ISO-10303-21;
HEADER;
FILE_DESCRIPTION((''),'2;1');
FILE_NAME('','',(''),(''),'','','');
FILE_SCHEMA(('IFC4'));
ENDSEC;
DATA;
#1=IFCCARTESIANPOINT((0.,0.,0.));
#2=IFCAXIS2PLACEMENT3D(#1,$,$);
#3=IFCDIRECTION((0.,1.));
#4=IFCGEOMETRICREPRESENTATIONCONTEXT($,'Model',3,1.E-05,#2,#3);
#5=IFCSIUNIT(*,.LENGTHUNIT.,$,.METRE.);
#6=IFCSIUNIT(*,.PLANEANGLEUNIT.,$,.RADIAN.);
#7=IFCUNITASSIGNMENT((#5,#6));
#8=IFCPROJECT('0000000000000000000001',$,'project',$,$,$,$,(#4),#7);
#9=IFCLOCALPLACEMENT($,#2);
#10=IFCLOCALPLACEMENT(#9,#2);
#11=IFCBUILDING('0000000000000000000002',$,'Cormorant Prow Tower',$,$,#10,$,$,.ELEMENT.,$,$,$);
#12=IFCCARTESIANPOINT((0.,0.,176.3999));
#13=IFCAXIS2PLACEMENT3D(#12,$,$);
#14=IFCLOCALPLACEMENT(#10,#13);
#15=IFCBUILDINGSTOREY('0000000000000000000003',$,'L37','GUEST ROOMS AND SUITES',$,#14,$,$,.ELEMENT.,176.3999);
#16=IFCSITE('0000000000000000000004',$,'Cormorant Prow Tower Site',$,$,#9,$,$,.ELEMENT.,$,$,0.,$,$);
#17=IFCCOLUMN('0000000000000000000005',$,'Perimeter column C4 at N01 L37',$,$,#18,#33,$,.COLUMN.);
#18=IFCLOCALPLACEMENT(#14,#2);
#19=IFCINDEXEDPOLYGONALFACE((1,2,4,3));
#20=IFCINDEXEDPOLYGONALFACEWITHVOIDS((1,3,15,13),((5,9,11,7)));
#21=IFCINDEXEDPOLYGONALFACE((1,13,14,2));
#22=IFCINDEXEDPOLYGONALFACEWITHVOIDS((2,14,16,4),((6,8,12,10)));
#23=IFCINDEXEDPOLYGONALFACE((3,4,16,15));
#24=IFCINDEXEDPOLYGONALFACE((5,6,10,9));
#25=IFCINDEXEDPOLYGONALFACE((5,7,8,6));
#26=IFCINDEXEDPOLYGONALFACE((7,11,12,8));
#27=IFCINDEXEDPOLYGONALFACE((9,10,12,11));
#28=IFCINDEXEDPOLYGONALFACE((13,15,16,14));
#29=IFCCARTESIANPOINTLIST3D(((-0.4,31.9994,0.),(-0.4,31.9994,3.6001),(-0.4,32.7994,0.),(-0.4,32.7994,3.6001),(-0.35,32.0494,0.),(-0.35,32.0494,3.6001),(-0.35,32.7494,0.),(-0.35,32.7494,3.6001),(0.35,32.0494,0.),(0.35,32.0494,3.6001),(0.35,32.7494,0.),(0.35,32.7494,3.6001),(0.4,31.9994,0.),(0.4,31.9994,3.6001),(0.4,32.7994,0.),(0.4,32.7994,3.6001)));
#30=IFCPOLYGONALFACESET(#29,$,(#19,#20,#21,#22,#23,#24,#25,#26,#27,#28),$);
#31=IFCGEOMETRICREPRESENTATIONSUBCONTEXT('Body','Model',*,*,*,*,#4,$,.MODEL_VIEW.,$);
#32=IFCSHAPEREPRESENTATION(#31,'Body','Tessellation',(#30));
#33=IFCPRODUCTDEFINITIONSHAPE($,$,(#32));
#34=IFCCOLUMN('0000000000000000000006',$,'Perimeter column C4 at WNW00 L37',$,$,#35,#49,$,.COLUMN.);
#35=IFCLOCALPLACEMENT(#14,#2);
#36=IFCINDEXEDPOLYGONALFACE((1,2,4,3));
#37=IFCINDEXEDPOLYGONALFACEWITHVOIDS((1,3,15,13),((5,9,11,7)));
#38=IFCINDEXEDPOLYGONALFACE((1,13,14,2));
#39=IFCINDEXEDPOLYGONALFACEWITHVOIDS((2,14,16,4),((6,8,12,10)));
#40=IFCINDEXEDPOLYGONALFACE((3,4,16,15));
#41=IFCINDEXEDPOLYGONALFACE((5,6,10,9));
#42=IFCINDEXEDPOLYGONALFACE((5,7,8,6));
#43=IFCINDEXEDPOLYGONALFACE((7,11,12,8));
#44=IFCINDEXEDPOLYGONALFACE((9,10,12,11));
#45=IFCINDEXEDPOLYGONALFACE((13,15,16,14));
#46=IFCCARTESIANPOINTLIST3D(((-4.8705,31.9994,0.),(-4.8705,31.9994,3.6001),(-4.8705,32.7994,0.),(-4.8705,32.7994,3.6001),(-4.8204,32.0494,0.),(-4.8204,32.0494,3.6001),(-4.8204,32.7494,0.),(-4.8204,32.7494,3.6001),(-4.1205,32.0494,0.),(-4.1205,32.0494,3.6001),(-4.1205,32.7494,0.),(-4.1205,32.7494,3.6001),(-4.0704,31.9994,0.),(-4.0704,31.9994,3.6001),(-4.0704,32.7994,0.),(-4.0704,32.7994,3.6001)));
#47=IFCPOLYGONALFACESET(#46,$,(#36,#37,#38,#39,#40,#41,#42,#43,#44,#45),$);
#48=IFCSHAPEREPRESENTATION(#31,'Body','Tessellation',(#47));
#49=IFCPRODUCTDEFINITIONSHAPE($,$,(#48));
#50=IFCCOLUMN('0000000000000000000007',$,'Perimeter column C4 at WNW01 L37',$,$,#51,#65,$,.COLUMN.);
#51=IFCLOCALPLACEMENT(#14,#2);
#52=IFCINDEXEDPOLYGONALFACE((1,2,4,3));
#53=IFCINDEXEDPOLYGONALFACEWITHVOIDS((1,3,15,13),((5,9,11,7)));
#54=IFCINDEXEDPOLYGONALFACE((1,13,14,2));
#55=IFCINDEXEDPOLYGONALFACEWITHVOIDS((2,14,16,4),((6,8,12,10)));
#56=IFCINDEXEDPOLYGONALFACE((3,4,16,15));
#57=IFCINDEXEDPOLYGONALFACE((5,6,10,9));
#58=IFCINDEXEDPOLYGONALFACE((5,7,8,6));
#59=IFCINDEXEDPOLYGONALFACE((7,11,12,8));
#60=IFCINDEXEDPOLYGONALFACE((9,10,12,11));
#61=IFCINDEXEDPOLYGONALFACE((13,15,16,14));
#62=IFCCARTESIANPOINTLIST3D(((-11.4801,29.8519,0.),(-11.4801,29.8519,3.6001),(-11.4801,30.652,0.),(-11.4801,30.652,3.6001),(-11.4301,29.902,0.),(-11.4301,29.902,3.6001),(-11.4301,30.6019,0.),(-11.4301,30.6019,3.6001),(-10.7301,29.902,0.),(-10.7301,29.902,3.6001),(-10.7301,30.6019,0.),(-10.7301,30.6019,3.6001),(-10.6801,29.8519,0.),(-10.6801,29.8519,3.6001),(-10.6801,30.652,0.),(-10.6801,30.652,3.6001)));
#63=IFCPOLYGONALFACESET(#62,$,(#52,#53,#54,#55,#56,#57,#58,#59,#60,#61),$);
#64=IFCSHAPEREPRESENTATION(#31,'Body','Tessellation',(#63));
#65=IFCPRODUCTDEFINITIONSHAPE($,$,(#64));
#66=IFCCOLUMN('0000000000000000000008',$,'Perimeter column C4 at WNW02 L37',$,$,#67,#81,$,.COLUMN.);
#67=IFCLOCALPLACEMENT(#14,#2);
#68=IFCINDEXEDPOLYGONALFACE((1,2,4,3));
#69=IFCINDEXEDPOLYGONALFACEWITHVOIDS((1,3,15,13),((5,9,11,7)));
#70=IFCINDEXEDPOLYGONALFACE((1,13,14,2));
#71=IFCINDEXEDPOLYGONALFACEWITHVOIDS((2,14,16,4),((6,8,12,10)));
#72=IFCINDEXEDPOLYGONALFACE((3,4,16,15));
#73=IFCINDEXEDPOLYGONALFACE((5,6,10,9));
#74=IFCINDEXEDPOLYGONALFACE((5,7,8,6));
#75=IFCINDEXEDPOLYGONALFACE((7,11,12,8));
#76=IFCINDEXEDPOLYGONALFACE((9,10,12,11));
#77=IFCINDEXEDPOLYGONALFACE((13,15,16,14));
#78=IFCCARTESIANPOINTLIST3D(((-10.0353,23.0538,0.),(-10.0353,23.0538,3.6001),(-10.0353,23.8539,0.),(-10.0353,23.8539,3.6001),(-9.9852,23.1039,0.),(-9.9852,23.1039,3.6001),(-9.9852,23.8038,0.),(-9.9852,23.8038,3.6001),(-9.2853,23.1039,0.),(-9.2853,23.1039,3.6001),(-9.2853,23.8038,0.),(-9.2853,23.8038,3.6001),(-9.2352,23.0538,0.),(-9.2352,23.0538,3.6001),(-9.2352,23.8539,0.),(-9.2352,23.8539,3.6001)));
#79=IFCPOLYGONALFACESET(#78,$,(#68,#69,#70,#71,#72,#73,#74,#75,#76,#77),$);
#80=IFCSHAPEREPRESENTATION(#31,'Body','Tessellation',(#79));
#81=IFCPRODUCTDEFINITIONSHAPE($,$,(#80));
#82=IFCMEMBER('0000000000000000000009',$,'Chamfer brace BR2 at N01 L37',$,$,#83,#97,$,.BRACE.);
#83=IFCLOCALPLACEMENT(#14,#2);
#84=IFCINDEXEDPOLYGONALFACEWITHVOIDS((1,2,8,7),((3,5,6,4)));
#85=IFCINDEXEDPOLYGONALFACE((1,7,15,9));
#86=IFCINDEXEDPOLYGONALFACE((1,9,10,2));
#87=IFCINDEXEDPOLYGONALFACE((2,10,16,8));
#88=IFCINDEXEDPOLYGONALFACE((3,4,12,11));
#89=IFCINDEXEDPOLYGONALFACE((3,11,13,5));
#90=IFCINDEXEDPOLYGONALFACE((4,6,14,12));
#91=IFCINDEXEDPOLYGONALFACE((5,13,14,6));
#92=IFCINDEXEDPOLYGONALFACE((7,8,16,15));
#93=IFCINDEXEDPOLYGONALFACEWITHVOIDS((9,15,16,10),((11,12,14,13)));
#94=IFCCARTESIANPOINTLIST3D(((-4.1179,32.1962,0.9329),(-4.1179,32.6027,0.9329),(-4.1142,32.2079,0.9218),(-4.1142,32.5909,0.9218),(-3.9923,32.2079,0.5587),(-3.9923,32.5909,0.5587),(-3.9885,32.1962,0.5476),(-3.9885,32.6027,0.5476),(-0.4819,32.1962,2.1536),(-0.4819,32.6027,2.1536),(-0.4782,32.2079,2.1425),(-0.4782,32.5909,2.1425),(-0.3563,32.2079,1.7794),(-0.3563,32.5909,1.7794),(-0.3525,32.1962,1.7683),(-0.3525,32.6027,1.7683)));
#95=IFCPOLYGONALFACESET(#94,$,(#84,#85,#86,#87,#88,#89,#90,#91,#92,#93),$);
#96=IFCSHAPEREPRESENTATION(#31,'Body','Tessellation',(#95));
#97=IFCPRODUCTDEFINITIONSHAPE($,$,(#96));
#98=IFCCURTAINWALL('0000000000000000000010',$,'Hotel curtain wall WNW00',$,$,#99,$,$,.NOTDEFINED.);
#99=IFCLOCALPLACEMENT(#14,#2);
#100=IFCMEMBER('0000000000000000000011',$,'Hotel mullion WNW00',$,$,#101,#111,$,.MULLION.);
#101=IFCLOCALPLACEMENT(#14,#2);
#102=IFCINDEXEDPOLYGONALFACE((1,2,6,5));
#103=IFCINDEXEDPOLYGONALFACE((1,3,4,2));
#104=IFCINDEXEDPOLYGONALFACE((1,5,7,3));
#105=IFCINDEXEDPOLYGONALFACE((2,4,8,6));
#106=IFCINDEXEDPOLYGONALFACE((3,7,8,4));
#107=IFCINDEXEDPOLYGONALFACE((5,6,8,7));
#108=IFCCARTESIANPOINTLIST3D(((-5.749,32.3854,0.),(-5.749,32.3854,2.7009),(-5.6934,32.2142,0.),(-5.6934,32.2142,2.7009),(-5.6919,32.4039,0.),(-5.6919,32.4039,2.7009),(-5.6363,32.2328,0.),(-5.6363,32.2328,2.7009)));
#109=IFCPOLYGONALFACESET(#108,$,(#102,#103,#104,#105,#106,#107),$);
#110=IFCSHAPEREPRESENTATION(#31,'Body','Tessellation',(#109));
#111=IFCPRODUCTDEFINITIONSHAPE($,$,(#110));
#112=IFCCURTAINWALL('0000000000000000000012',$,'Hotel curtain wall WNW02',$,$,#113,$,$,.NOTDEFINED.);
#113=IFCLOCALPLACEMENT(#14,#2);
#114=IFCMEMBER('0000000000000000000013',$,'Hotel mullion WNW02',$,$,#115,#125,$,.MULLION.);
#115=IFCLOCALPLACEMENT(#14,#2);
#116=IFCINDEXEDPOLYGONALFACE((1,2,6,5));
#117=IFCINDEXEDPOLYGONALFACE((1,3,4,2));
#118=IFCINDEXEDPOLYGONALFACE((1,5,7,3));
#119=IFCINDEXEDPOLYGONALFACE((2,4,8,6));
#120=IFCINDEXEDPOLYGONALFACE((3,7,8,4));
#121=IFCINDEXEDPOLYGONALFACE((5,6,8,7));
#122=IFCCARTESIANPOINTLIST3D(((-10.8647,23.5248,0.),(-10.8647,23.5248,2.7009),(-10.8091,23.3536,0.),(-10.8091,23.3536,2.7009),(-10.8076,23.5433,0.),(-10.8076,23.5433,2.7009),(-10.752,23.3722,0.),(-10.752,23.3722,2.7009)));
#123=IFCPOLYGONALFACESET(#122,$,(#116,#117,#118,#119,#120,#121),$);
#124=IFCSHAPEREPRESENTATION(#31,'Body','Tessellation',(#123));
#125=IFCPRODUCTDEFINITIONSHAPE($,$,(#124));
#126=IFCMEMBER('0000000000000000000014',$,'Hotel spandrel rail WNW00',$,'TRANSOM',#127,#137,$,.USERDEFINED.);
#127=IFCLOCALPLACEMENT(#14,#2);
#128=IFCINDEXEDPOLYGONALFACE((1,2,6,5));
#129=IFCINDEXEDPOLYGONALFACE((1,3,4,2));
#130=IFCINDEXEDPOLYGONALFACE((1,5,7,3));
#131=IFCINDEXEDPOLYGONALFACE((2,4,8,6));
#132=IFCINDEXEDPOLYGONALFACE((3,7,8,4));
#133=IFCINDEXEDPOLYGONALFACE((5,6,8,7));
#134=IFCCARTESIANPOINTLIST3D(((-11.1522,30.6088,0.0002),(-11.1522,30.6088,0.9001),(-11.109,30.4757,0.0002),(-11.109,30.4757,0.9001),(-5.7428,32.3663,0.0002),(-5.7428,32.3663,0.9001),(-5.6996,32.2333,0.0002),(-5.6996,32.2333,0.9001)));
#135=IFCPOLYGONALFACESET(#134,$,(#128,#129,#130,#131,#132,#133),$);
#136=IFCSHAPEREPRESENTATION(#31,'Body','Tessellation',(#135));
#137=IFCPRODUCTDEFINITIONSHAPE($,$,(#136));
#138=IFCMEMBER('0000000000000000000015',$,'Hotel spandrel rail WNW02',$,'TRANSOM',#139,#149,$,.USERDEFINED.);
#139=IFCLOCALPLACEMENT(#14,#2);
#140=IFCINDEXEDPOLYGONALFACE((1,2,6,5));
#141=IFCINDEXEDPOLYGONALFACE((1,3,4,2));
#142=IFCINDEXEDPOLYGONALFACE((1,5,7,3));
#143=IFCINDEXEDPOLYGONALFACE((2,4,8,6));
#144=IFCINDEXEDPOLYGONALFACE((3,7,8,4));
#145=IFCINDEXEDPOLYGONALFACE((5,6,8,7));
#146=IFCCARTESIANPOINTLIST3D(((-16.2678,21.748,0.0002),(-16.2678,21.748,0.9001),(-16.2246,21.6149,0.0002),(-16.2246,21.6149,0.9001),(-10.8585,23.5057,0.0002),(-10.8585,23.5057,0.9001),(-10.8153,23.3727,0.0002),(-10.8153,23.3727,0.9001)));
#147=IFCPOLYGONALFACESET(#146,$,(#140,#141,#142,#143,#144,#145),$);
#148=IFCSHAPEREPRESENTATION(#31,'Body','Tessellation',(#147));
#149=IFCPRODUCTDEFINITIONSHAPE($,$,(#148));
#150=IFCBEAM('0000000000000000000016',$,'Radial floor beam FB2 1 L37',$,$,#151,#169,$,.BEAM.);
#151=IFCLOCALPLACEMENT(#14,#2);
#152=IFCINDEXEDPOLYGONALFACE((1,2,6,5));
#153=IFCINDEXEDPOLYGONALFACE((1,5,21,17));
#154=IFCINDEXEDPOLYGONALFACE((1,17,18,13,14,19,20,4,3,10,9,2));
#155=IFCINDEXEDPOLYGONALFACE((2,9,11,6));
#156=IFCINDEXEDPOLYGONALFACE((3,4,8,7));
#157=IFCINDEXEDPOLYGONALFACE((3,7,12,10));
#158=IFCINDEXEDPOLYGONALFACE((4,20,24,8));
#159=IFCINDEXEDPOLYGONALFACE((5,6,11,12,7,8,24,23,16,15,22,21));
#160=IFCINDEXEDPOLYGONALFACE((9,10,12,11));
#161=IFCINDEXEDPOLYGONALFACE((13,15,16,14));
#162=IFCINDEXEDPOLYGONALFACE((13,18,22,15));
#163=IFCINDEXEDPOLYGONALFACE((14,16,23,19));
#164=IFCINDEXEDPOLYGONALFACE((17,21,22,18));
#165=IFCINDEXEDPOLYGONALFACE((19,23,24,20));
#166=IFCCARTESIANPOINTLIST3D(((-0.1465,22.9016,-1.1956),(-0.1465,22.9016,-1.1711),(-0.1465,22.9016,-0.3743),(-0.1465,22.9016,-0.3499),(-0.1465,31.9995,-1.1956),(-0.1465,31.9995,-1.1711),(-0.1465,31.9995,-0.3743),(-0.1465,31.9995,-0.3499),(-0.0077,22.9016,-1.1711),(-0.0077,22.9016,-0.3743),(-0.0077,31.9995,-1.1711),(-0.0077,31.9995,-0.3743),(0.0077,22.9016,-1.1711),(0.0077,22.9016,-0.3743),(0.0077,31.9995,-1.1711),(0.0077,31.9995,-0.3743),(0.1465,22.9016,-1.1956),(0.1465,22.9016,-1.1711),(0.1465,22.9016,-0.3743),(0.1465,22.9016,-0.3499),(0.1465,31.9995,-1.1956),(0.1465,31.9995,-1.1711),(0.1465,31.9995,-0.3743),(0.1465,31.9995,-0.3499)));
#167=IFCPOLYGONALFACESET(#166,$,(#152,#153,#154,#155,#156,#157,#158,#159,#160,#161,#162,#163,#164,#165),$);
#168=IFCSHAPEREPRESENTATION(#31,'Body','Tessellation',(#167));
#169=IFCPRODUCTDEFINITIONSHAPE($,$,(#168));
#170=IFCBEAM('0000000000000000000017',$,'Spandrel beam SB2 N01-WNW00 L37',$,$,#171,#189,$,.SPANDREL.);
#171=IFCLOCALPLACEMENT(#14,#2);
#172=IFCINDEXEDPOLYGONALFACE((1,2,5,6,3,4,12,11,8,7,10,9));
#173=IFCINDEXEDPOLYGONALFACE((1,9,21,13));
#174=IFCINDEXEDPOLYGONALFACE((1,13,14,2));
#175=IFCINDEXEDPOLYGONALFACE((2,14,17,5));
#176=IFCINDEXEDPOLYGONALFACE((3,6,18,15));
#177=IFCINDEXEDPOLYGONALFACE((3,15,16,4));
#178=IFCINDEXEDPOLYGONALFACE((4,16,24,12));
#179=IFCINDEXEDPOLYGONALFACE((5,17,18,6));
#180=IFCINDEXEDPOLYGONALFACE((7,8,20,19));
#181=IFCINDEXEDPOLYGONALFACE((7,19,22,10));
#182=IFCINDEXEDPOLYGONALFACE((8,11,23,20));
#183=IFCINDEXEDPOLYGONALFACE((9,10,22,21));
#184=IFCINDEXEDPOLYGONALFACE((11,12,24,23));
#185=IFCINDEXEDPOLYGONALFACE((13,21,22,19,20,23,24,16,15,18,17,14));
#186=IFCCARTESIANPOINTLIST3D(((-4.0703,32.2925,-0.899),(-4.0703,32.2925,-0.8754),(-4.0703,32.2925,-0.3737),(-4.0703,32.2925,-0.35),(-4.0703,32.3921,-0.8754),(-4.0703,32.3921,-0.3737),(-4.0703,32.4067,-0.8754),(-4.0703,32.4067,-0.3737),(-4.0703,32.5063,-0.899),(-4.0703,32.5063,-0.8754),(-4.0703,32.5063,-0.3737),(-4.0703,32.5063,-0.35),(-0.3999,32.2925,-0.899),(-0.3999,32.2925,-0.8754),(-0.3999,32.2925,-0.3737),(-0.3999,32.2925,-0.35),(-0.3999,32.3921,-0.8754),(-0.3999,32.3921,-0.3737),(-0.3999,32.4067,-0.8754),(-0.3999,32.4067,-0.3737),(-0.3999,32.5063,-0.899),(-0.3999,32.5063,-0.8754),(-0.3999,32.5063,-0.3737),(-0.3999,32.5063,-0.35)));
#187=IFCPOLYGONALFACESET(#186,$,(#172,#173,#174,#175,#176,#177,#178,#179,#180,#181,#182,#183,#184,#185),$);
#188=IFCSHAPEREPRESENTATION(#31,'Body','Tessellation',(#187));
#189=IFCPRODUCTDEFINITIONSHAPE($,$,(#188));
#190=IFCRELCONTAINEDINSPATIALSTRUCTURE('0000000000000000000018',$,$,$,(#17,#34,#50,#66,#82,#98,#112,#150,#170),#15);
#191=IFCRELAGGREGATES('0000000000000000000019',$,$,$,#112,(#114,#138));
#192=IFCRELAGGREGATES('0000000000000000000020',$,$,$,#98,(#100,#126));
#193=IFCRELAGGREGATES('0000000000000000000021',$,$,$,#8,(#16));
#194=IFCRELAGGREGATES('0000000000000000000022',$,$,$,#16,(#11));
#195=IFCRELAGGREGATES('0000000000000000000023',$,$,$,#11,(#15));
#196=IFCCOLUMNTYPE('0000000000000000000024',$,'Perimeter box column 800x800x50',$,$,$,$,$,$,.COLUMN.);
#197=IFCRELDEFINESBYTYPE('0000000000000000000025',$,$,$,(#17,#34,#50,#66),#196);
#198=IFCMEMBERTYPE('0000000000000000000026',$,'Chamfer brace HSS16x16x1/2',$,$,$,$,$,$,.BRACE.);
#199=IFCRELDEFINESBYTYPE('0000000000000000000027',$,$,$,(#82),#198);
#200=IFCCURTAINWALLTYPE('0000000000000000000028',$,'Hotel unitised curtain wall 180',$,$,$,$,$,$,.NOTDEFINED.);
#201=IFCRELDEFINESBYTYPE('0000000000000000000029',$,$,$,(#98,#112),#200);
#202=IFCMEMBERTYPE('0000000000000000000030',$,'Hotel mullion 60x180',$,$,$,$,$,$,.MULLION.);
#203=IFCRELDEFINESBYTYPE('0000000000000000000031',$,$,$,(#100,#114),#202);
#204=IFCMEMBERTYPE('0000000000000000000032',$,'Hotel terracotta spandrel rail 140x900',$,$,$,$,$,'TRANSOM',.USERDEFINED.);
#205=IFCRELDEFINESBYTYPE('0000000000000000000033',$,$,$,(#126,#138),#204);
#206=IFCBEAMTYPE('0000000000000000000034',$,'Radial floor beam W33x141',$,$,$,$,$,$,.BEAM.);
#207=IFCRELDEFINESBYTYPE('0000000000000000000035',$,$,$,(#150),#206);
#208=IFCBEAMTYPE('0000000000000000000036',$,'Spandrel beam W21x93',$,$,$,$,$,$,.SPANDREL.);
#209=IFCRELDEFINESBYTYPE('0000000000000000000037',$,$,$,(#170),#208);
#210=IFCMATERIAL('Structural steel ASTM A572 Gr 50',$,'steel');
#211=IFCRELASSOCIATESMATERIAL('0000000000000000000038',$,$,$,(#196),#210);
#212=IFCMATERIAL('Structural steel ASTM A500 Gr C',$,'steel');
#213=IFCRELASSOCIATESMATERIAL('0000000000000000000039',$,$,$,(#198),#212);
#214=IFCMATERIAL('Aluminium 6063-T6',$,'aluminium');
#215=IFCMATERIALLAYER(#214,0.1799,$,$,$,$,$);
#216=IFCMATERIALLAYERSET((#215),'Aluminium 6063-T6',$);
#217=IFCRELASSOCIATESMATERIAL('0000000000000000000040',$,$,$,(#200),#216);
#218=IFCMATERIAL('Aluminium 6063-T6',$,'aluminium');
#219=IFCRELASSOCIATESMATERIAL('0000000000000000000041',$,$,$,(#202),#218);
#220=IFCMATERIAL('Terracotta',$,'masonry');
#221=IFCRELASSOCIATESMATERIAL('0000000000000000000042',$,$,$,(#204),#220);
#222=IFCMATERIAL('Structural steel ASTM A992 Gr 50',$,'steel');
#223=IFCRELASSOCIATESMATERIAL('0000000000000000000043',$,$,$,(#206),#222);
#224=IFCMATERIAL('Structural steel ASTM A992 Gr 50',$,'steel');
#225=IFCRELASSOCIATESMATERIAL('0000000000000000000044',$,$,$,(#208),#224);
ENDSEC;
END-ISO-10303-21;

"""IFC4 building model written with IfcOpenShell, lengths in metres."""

from ifc_helpers import new_model, si_unit, direction, frame, origin, origin_2d, place, context, subcontext, project, spatial, rectangle, hollow_rectangle, i_section, extrude, material, layer, layer_set, material_profile, profile_set, type_object, element, aggregate, save


model = new_model("IFC4")

# Units and contexts
model_context = context("Model", 3, precision=1e-05, world=origin(), true_north=direction((0.0, 1.0)))
body_context = subcontext(model_context, "Body", "Model", "MODEL_VIEW")
ifc_project = project(units=[si_unit("LENGTHUNIT", "METRE"), si_unit("PLANEANGLEUNIT", "RADIAN")], contexts=[model_context])

# Site, building, storey
site_placement = place(None, origin())
site = spatial("IfcSite", under=ifc_project, at=site_placement, Name="Cormorant Prow Tower Site", CompositionType="ELEMENT", RefElevation=0.0)
building_placement = place(site_placement, origin())
building = spatial("IfcBuilding", under=site, at=building_placement, Name="Cormorant Prow Tower", CompositionType="ELEMENT")
storey_placement = place(building_placement, frame((0.0, 0.0, 176.3999)))
storey = spatial("IfcBuildingStorey", under=building, at=storey_placement, Name="L37", Description="GUEST ROOMS AND SUITES", CompositionType="ELEMENT", Elevation=176.3999)

# Columns
ifc_material_1 = material(Name="Structural steel ASTM A572 Gr 50", Category="steel")
ifc_material_profile_1 = material_profile(ifc_material_1, hollow_rectangle(XDim=0.8, YDim=0.8, WallThickness=0.05, at=origin_2d()), Name="Box 800x800x50")
ifc_profile_set_1 = profile_set([ifc_material_profile_1], Name="Structural steel ASTM A572 Gr 50")
column_type = type_object("IfcColumnType", Name="Perimeter box column 800x800x50", PredefinedType="COLUMN", material=ifc_profile_set_1)
for number, where, z_axis, x_axis, name in (
    (1, (0.0, 32.3994, 0.0), (0.0, 0.0, 1.0), (1.0, 0.0, 0.0), "Perimeter column C4 at N01 L37"),
    (2, (-4.4705, 32.3994, 0.0), (0.0, 0.0, 1.0), (1.0, 0.0, 0.0), "Perimeter column C4 at WNW00 L37"),
    (3, (-11.0801, 30.252, 0.0), (0.0, 0.0, 1.0), (1.0, 0.0, 0.0), "Perimeter column C4 at WNW01 L37"),
    (4, (-9.6353, 23.4539, 0.0), (0.0, 0.0, 1.0), (1.0, 0.0, 0.0), "Perimeter column C4 at WNW02 L37"),
):
    element("IfcColumn", number, at=place(storey_placement, frame(where, z_axis=z_axis, x_axis=x_axis)), inside=storey, type_object=column_type, Name=name, PredefinedType="COLUMN", context=body_context, shape_type="SweptSolid", body=[
        extrude(hollow_rectangle(XDim=0.8, YDim=0.8, WallThickness=0.05, at=origin_2d()), origin(), (0.0, 0.0, 1.0), 3.6001),
    ])

# Member
ifc_material_2 = material(Name="Structural steel ASTM A500 Gr C", Category="steel")
ifc_material_profile_2 = material_profile(ifc_material_2, hollow_rectangle(XDim=0.4065, YDim=0.4065, WallThickness=0.0117, at=origin_2d()), Name="HSS16x16x1/2")
ifc_profile_set_2 = profile_set([ifc_material_profile_2], Name="Structural steel ASTM A500 Gr C")
member_type_1 = type_object("IfcMemberType", Name="Chamfer brace HSS16x16x1/2", PredefinedType="BRACE", material=ifc_profile_set_2)
member_1_placement = place(storey_placement, frame((-4.0532, 32.3994, 0.7402), z_axis=(0.948, 0.0, 0.31827), x_axis=(0.0, 1.0, 0.0)))
element("IfcMember", 5, at=member_1_placement, inside=storey, type_object=member_type_1, Name="Chamfer brace BR2 at N01 L37", PredefinedType="BRACE", context=body_context, shape_type="SweptSolid", body=[
    extrude(hollow_rectangle(XDim=0.4065, YDim=0.4065, WallThickness=0.0117, at=origin_2d()), origin(), (0.0, 0.0, 1.0), 3.8354),
])

# Curtain walls, members
ifc_material_3 = material(Name="Aluminium 6063-T6", Category="aluminium")
ifc_layer_1 = layer(ifc_material_3, 0.1799)
ifc_layer_set_1 = layer_set([ifc_layer_1], Name="Aluminium 6063-T6")
curtain_wall_type = type_object("IfcCurtainWallType", Name="Hotel unitised curtain wall 180", PredefinedType="NOTDEFINED", material=ifc_layer_set_1)
curtain_wall_1_placement = place(storey_placement, origin())
curtain_wall_1 = element("IfcCurtainWall", 6, at=curtain_wall_1_placement, inside=storey, type_object=curtain_wall_type, Name="Hotel curtain wall WNW00", PredefinedType="NOTDEFINED")
ifc_material_4 = material(Name="Aluminium 6063-T6", Category="aluminium")
ifc_material_profile_3 = material_profile(ifc_material_4, rectangle(XDim=0.1799, YDim=0.0601, at=origin_2d()), Name="Hotel mullion 60x180")
ifc_profile_set_3 = profile_set([ifc_material_profile_3], Name="Aluminium 6063-T6")
member_type_2 = type_object("IfcMemberType", Name="Hotel mullion 60x180", PredefinedType="MULLION", material=ifc_profile_set_3)
member_2_placement = place(storey_placement, frame((-5.6926, 32.3091, 0.0), z_axis=(0.0, 0.0, 1.0), x_axis=(0.309017, -0.951056, 0.0)))
member_2 = element("IfcMember", 7, at=member_2_placement, type_object=member_type_2, Name="Hotel mullion WNW00", PredefinedType="MULLION", context=body_context, shape_type="SweptSolid", body=[
    extrude(rectangle(XDim=0.1799, YDim=0.0601, at=origin_2d()), origin(), (0.0, 0.0, 1.0), 2.7009),
])
curtain_wall_2_placement = place(storey_placement, origin())
curtain_wall_2 = element("IfcCurtainWall", 8, at=curtain_wall_2_placement, inside=storey, type_object=curtain_wall_type, Name="Hotel curtain wall WNW02", PredefinedType="NOTDEFINED")
member_3_placement = place(storey_placement, frame((-10.8083, 23.4485, 0.0), z_axis=(0.0, 0.0, 1.0), x_axis=(0.309017, -0.951056, 0.0)))
member_3 = element("IfcMember", 9, at=member_3_placement, type_object=member_type_2, Name="Hotel mullion WNW02", PredefinedType="MULLION", context=body_context, shape_type="SweptSolid", body=[
    extrude(rectangle(XDim=0.1799, YDim=0.0601, at=origin_2d()), origin(), (0.0, 0.0, 1.0), 2.7009),
])

# Members
ifc_material_5 = material(Name="Terracotta", Category="masonry")
ifc_material_profile_4 = material_profile(ifc_material_5, rectangle(XDim=0.1399, YDim=0.8999, at=origin_2d()), Name="Hotel terracotta spandrel rail 140x900")
ifc_profile_set_4 = profile_set([ifc_material_profile_4], Name="Terracotta")
member_type_3 = type_object("IfcMemberType", Name="Hotel terracotta spandrel rail 140x900", ElementType="TRANSOM", PredefinedType="USERDEFINED", material=ifc_profile_set_4)
member_4_placement = place(storey_placement, frame((-5.7212, 32.2998, 0.4502), z_axis=(-0.95106, -0.309007, 0.0), x_axis=(0.309007, -0.95106, 0.0)))
member_4 = element("IfcMember", 10, at=member_4_placement, type_object=member_type_3, Name="Hotel spandrel rail WNW00", ObjectType="TRANSOM", PredefinedType="USERDEFINED", context=body_context, shape_type="SweptSolid", body=[
    extrude(rectangle(XDim=0.1399, YDim=0.8999, at=origin_2d()), origin(), (0.0, 0.0, 1.0), 5.6877),
])
member_5_placement = place(storey_placement, frame((-10.8369, 23.4392, 0.4502), z_axis=(-0.951047, -0.309046, 0.0), x_axis=(0.309046, -0.951047, 0.0)))
member_5 = element("IfcMember", 11, at=member_5_placement, type_object=member_type_3, Name="Hotel spandrel rail WNW02", ObjectType="TRANSOM", PredefinedType="USERDEFINED", context=body_context, shape_type="SweptSolid", body=[
    extrude(rectangle(XDim=0.1399, YDim=0.8999, at=origin_2d()), origin(), (0.0, 0.0, 1.0), 5.6877),
])
aggregate(curtain_wall_2, [member_3, member_5])

# Beams
ifc_material_6 = material(Name="Structural steel ASTM A992 Gr 50", Category="steel")
ifc_material_profile_5 = material_profile(ifc_material_6, i_section(OverallWidth=0.293, OverallDepth=0.8457, WebThickness=0.0154, FlangeThickness=0.0244, at=origin_2d()), Name="W33x141")
ifc_profile_set_5 = profile_set([ifc_material_profile_5], Name="Structural steel ASTM A992 Gr 50")
beam_type_1 = type_object("IfcBeamType", Name="Radial floor beam W33x141", PredefinedType="BEAM", material=ifc_profile_set_5)
beam_1_placement = place(storey_placement, frame((0.0, 22.9016, -0.7727), z_axis=(0.0, 1.0, 0.0), x_axis=(-1.0, 0.0, 0.0)))
element("IfcBeam", 12, at=beam_1_placement, inside=storey, type_object=beam_type_1, Name="Radial floor beam FB2 1 L37", PredefinedType="BEAM", context=body_context, shape_type="SweptSolid", body=[
    extrude(i_section(OverallWidth=0.293, OverallDepth=0.8457, WebThickness=0.0154, FlangeThickness=0.0244, at=origin_2d()), origin(), (0.0, 0.0, 1.0), 9.0979),
])
ifc_material_7 = material(Name="Structural steel ASTM A992 Gr 50", Category="steel")
ifc_material_profile_6 = material_profile(ifc_material_7, i_section(OverallWidth=0.2139, OverallDepth=0.5491, WebThickness=0.0146, FlangeThickness=0.0237, at=origin_2d()), Name="W21x93")
ifc_profile_set_6 = profile_set([ifc_material_profile_6], Name="Structural steel ASTM A992 Gr 50")
beam_type_2 = type_object("IfcBeamType", Name="Spandrel beam W21x93", PredefinedType="SPANDREL", material=ifc_profile_set_6)
beam_2_placement = place(storey_placement, frame((-0.3999, 32.3994, -0.6245), z_axis=(-1.0, 0.0, 0.0), x_axis=(0.0, -1.0, 0.0)))
element("IfcBeam", 13, at=beam_2_placement, inside=storey, type_object=beam_type_2, Name="Spandrel beam SB2 N01-WNW00 L37", PredefinedType="SPANDREL", context=body_context, shape_type="SweptSolid", body=[
    extrude(i_section(OverallWidth=0.2139, OverallDepth=0.5491, WebThickness=0.0146, FlangeThickness=0.0237, at=origin_2d()), origin(), (0.0, 0.0, 1.0), 3.6704),
])

aggregate(curtain_wall_1, [member_2, member_4])

save(model, "model.ifc")
